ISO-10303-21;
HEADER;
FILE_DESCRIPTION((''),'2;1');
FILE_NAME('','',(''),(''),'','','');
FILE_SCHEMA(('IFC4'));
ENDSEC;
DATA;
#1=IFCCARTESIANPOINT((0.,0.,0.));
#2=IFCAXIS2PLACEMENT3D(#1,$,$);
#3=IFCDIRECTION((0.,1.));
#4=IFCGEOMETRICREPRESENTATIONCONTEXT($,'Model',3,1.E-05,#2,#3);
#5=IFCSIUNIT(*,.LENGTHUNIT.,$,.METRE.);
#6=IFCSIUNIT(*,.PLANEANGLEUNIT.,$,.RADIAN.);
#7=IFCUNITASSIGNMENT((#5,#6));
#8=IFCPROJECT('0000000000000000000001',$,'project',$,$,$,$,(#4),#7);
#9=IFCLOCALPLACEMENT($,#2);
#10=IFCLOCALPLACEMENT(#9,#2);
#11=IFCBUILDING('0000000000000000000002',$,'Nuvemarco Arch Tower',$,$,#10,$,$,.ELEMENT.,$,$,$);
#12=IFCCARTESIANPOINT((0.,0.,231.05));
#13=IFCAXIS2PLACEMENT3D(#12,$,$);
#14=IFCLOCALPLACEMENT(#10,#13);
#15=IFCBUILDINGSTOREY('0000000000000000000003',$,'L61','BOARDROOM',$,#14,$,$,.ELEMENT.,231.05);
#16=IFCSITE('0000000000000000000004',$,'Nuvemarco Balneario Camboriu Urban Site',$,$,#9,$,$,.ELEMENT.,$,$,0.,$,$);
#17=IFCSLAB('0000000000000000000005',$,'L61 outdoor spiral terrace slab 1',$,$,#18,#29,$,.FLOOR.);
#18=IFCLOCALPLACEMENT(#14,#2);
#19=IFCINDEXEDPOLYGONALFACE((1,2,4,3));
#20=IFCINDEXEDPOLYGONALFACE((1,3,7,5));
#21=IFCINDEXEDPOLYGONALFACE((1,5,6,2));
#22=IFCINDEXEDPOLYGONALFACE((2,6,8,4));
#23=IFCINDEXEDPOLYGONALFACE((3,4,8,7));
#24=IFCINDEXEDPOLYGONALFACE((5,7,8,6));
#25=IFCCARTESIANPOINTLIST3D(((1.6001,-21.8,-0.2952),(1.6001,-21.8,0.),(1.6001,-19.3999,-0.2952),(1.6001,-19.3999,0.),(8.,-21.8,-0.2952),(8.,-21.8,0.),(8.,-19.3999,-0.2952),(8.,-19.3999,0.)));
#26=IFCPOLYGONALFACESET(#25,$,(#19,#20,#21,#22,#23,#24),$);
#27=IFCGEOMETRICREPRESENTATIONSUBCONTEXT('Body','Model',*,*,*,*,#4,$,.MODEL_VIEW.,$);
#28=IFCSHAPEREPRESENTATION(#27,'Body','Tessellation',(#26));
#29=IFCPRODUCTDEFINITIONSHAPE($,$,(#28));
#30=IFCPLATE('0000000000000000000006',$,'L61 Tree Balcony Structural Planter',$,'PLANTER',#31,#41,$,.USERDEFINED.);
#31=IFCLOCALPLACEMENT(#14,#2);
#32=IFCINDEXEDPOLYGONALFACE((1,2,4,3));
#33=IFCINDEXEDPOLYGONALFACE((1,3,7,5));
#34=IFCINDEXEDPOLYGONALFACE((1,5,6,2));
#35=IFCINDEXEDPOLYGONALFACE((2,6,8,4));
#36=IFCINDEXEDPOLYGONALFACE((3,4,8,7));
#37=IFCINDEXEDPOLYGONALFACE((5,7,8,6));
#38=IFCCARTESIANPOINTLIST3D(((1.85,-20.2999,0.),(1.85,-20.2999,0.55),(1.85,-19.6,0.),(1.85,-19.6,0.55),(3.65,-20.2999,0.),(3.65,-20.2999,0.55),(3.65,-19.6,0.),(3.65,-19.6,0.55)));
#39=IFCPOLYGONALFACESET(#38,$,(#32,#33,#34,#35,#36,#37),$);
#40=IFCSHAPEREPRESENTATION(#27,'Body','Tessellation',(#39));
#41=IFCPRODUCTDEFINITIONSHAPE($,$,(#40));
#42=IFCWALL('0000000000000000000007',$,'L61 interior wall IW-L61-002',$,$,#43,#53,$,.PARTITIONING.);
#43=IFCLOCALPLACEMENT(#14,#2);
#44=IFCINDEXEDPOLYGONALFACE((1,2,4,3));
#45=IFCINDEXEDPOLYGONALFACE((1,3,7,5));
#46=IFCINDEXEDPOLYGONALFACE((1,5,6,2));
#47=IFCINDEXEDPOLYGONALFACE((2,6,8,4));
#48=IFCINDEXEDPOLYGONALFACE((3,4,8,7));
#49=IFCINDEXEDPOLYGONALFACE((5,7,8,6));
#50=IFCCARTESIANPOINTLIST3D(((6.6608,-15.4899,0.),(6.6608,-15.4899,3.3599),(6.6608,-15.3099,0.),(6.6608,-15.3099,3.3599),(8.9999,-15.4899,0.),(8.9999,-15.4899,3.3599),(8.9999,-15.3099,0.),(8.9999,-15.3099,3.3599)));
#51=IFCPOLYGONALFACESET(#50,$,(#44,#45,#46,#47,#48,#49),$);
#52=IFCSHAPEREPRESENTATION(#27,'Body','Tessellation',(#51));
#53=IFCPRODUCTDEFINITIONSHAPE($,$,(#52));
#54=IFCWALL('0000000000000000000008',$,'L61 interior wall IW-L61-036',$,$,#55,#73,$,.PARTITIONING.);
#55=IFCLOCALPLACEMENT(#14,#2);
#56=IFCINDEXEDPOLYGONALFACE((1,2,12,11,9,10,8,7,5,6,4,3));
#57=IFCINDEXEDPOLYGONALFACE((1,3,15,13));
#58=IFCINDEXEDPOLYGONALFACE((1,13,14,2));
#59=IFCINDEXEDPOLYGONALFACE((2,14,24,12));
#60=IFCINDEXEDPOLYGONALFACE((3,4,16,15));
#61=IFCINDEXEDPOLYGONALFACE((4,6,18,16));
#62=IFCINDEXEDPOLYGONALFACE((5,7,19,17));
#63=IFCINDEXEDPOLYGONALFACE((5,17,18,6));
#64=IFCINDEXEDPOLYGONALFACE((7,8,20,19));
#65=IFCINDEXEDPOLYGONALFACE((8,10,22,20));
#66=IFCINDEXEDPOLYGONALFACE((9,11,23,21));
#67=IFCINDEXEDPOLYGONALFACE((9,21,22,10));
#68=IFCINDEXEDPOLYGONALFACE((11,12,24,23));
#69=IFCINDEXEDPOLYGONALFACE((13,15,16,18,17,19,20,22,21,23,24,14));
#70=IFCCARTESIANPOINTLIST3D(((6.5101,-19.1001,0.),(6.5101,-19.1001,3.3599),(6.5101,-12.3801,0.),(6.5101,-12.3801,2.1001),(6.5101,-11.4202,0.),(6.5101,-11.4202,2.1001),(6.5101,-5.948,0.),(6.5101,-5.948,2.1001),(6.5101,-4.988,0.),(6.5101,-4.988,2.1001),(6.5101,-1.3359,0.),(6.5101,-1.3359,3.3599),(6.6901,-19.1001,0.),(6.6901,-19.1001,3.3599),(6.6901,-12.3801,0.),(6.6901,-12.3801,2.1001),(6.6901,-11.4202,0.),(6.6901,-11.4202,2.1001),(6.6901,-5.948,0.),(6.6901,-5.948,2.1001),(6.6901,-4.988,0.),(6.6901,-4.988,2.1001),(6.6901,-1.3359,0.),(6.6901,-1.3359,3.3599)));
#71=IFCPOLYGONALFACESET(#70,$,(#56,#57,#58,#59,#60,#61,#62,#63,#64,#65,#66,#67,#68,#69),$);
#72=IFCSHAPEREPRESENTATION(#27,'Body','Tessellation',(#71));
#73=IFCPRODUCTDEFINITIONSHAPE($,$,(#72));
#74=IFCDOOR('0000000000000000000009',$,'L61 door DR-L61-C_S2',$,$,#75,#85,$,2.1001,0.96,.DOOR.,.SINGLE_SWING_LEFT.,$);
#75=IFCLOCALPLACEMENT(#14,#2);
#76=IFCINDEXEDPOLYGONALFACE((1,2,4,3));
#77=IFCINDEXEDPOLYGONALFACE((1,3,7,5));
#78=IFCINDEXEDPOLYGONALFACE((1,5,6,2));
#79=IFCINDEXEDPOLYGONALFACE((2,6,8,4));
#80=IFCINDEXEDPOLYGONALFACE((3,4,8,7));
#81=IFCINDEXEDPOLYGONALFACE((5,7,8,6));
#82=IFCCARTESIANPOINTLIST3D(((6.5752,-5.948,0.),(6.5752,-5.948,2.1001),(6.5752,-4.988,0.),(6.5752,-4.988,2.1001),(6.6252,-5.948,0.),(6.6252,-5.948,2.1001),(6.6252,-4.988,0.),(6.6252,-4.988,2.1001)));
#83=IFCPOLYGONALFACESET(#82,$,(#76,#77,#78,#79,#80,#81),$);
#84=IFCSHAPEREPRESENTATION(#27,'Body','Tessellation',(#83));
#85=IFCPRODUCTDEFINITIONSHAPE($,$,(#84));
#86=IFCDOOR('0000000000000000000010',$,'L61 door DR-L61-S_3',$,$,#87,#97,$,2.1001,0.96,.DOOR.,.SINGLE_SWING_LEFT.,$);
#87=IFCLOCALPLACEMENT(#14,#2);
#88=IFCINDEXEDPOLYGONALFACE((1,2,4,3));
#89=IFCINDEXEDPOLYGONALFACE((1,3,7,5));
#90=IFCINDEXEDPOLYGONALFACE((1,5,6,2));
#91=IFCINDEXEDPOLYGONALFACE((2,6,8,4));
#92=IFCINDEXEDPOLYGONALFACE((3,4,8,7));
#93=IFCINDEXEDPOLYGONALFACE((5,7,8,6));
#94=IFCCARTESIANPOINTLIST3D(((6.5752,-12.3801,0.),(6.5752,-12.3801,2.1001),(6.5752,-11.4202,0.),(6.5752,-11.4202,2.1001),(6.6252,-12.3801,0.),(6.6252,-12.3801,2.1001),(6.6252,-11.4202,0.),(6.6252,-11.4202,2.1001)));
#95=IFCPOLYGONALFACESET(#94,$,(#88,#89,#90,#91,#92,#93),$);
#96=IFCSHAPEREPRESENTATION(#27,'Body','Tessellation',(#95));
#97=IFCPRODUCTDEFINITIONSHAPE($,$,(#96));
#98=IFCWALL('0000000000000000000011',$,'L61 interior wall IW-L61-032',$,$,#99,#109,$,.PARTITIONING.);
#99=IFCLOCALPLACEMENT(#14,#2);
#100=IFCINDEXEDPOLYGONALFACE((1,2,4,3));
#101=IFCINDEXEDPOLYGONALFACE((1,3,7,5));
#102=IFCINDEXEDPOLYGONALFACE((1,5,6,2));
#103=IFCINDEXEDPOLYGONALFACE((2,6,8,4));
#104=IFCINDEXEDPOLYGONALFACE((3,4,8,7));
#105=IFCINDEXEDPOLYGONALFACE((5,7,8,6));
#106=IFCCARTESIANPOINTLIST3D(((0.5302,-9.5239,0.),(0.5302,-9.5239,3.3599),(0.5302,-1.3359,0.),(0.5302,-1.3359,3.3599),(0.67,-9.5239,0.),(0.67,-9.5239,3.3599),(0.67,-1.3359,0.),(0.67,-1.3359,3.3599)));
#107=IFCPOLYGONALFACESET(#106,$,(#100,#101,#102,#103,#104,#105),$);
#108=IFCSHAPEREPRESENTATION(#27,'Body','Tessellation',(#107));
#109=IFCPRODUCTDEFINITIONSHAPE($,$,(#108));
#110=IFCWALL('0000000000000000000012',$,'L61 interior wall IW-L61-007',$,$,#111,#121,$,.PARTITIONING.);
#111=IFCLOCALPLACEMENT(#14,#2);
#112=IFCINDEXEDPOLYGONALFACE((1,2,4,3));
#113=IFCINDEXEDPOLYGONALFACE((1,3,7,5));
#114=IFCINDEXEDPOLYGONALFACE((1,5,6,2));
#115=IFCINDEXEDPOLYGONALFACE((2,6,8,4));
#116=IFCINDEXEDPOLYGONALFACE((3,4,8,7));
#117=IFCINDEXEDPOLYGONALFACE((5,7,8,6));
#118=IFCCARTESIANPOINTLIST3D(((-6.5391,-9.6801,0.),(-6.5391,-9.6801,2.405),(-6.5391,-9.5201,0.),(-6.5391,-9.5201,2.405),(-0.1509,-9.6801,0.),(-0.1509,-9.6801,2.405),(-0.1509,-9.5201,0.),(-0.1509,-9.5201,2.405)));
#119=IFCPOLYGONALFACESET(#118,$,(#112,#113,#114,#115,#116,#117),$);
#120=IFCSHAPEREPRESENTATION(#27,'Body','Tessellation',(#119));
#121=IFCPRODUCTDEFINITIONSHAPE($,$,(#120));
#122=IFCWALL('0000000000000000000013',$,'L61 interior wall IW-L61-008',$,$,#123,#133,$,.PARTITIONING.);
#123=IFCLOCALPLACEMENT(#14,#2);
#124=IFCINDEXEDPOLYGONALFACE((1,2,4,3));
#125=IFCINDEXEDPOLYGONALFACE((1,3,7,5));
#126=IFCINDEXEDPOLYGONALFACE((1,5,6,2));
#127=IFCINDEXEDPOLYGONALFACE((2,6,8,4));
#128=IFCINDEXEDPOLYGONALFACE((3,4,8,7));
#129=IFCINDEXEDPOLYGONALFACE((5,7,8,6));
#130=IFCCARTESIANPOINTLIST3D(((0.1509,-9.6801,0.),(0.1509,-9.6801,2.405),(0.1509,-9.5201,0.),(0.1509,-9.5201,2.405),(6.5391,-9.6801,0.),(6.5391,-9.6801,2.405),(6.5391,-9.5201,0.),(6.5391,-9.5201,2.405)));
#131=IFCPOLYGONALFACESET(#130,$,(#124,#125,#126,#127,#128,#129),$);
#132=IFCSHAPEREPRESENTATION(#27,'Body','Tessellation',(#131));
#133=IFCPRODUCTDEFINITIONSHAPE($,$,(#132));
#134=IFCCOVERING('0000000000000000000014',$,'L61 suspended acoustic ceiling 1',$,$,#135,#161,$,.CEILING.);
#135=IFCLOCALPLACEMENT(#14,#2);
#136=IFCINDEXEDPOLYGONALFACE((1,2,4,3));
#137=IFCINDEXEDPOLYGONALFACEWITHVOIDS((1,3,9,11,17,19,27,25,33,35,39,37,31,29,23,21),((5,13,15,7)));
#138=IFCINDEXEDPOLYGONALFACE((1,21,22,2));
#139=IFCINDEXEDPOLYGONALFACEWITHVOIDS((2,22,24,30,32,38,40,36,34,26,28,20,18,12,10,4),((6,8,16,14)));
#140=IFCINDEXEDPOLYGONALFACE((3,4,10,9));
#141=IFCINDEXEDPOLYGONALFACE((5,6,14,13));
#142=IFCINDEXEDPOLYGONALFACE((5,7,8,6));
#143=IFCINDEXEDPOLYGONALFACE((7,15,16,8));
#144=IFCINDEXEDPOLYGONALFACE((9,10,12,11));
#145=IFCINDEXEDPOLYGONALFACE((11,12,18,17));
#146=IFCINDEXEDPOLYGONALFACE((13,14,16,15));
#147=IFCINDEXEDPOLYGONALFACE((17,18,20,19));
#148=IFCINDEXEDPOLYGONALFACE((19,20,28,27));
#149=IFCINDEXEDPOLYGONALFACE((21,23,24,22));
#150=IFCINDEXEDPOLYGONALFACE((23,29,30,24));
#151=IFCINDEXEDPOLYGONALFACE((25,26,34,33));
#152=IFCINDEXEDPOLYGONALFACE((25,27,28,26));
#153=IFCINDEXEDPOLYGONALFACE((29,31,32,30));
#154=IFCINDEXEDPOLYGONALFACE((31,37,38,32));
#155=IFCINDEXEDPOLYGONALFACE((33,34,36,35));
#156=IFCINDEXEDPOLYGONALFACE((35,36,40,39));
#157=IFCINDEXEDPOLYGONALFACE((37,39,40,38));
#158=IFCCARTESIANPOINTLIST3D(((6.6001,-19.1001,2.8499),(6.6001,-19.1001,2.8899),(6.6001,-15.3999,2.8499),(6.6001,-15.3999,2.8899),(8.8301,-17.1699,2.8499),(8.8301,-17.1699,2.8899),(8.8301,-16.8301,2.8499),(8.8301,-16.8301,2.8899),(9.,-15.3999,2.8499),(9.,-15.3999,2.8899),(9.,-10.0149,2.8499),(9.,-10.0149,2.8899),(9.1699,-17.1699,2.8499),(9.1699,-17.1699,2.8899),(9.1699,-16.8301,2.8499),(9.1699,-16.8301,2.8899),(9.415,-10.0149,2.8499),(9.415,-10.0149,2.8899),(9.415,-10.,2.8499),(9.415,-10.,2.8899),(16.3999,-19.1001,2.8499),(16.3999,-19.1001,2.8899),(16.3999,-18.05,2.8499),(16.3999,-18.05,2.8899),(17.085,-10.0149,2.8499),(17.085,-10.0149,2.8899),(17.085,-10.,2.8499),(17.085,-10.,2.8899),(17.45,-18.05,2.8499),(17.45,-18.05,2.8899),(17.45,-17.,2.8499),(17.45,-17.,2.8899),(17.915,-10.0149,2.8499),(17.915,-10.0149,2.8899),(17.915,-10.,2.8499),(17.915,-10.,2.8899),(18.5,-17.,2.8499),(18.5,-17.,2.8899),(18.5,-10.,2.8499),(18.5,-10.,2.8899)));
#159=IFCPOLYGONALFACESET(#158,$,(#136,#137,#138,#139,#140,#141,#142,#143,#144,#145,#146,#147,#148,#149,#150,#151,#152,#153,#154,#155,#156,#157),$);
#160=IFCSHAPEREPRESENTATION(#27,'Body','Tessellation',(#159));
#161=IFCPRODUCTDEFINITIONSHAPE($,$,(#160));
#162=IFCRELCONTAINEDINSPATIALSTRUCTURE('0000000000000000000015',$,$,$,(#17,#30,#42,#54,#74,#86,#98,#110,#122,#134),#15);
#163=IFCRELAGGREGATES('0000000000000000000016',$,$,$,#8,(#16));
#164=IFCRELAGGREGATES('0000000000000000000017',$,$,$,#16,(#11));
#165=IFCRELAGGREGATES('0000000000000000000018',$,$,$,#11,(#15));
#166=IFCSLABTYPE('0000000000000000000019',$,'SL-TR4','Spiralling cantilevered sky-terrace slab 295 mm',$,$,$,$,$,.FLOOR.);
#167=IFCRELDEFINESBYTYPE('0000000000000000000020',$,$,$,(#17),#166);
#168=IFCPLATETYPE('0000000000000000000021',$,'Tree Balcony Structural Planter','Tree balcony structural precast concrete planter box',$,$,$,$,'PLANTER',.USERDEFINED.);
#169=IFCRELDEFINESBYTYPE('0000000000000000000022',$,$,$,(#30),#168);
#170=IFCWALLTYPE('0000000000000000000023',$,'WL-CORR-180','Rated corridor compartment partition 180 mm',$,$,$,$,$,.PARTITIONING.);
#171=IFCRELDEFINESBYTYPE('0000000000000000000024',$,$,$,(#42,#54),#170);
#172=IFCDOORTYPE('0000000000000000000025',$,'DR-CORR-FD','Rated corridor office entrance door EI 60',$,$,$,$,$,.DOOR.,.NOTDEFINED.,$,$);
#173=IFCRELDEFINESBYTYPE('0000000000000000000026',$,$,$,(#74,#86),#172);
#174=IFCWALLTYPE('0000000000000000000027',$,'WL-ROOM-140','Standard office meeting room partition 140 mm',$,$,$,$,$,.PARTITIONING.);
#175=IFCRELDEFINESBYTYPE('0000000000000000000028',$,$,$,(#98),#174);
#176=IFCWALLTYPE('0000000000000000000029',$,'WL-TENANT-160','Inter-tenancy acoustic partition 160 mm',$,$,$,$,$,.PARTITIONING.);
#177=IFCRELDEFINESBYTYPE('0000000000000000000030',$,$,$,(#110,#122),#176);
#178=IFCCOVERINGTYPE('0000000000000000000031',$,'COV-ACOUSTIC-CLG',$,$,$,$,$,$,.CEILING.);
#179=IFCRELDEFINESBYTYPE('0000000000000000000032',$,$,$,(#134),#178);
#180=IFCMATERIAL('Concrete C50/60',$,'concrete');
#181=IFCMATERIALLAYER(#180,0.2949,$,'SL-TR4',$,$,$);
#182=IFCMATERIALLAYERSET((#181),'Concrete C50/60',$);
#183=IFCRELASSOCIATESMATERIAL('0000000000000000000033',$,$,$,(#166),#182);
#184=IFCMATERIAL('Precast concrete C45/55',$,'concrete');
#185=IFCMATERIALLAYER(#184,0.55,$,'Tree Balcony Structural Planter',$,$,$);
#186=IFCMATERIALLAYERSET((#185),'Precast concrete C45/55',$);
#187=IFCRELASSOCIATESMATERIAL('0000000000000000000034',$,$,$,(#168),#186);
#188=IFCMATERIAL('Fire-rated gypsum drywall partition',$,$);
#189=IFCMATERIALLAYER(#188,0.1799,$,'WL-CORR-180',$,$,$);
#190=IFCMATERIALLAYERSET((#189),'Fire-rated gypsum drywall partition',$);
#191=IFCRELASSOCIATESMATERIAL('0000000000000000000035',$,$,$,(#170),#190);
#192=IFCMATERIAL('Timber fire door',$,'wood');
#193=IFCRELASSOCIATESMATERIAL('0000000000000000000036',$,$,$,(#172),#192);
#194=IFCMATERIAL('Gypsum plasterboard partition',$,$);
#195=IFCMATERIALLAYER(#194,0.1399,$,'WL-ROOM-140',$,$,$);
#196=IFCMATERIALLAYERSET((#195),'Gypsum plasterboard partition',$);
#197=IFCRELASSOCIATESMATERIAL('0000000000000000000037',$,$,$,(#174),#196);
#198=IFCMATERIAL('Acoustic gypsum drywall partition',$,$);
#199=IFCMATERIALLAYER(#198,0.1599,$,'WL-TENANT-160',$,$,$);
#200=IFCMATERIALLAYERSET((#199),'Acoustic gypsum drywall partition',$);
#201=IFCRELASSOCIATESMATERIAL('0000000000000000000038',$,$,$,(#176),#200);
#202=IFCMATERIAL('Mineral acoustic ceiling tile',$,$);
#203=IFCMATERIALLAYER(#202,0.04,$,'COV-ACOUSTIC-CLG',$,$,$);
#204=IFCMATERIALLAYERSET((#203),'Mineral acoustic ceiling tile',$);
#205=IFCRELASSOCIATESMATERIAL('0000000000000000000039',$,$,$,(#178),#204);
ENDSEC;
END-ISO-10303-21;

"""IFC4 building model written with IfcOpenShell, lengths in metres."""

from ifc_helpers import new_model, si_unit, direction, frame, frame_2d, origin, origin_2d, place, context, subcontext, project, spatial, polyline, rectangle, outline, extrude, source, transform, mapped, material, layer, layer_set, type_object, type_shapes, element, fill, save


model = new_model("IFC4")

# Units and contexts
model_context = context("Model", 3, precision=1e-05, world=origin(), true_north=direction((0.0, 1.0)))
body_context = subcontext(model_context, "Body", "Model", "MODEL_VIEW")
ifc_project = project(units=[si_unit("LENGTHUNIT", "METRE"), si_unit("PLANEANGLEUNIT", "RADIAN")], contexts=[model_context])

# Site, building, storey
site_placement = place(None, origin())
site = spatial("IfcSite", under=ifc_project, at=site_placement, Name="Nuvemarco Balneario Camboriu Urban Site", CompositionType="ELEMENT", RefElevation=0.0)
building_placement = place(site_placement, origin())
building = spatial("IfcBuilding", under=site, at=building_placement, Name="Nuvemarco Arch Tower", CompositionType="ELEMENT")
storey_placement = place(building_placement, frame((0.0, 0.0, 231.05)))
storey = spatial("IfcBuildingStorey", under=building, at=storey_placement, Name="L61", Description="BOARDROOM", CompositionType="ELEMENT", Elevation=231.05)

# Shared definitions
ifc_material_1 = material(Name="Precast concrete C45/55", Category="concrete")

# Shared definitions
ifc_material_2 = material(Name="Concrete C50/60", Category="concrete")

# Slab
ifc_layer_1 = layer(ifc_material_2, 0.2949, Name="SL-TR4")
ifc_layer_set_1 = layer_set([ifc_layer_1], Name="Concrete C50/60")
slab_type_1 = type_object("IfcSlabType", Name="SL-TR4", Description="Spiralling cantilevered sky-terrace slab 295 mm", PredefinedType="FLOOR", material=ifc_layer_set_1)
slab_1_placement = place(storey_placement, frame((0.0, 0.0, -0.2952)))
element("IfcSlab", 1, at=slab_1_placement, inside=storey, type_object=slab_type_1, Name="L61 outdoor spiral terrace slab 1", PredefinedType="FLOOR", context=body_context, shape_type="SweptSolid", body=[
    extrude(outline(polyline([(1.6001, -21.8), (8.0, -21.8), (8.0, -19.3999), (1.6001, -19.3999), (1.6001, -21.8)])), origin(), (0.0, 0.0, 1.0), 0.2952),
])

# Plate
ifc_layer_2 = layer(ifc_material_1, 0.55, Name="Tree Balcony Structural Planter")
ifc_layer_set_2 = layer_set([ifc_layer_2], Name="Precast concrete C45/55")
plate_type = type_object("IfcPlateType", Name="Tree Balcony Structural Planter", Description="Tree balcony structural precast concrete planter box", ElementType="PLANTER", PredefinedType="USERDEFINED", material=ifc_layer_set_2)
shared_shape_1 = source(origin(), body_context, "Body", "SweptSolid", [
    extrude(rectangle(XDim=1.8, YDim=0.7, at=origin_2d()), origin(), (0.0, 0.0, 1.0), 0.55),
])
type_shapes(plate_type, [shared_shape_1])
plate_placement = place(storey_placement, frame((2.75, -19.95, 0.0), z_axis=(0.0, 0.0, 1.0), x_axis=(1.0, 0.0, 0.0)))
element("IfcPlate", 2, at=plate_placement, inside=storey, type_object=plate_type, Name="L61 Tree Balcony Structural Planter", ObjectType="PLANTER", PredefinedType="USERDEFINED", context=body_context, shape_type="MappedRepresentation", body=[
    mapped(shared_shape_1, transform((0.0, 0.0, 0.0), scale=1.0)),
])

# Wall
ifc_material_3 = material(Name="Fire-rated gypsum drywall partition")
ifc_layer_3 = layer(ifc_material_3, 0.1799, Name="WL-CORR-180")
ifc_layer_set_3 = layer_set([ifc_layer_3], Name="Fire-rated gypsum drywall partition")
wall_type_1 = type_object("IfcWallType", Name="WL-CORR-180", Description="Rated corridor compartment partition 180 mm", PredefinedType="PARTITIONING", material=ifc_layer_set_3)
wall_1_placement = place(storey_placement, frame((6.6609, -15.3999, 0.0), z_axis=(0.0, 0.0, 1.0), x_axis=(1.0, 0.0, 0.0)))
element("IfcWall", 3, at=wall_1_placement, inside=storey, type_object=wall_type_1, Name="L61 interior wall IW-L61-002", PredefinedType="PARTITIONING", context=body_context, shape_type="SweptSolid", body=[
    extrude(rectangle(XDim=2.3391, YDim=0.1799, at=frame_2d((1.1694, 0.0))), origin(), (0.0, 0.0, 1.0), 3.3599),
])

# Wall, openings, doors
wall_2_placement = place(storey_placement, frame((6.6001, -19.1001, 0.0), z_axis=(0.0, 0.0, 1.0), x_axis=(0.0, 1.0, 0.0)))
wall_2 = element("IfcWall", 4, at=wall_2_placement, inside=storey, type_object=wall_type_1, Name="L61 interior wall IW-L61-036", PredefinedType="PARTITIONING", context=body_context, shape_type="SweptSolid", body=[
    extrude(rectangle(XDim=17.7642, YDim=0.1799, at=frame_2d((8.8821, 0.0))), origin(), (0.0, 0.0, 1.0), 3.3599),
])
opening_1_placement = place(wall_2_placement, frame((13.1521, 0.0, 0.0)))
opening_1 = element("IfcOpeningElement", 5, at=opening_1_placement, cuts=wall_2, PredefinedType="OPENING", context=body_context, shape_type="SweptSolid", body=[
    extrude(rectangle(XDim=0.96, YDim=2.1001, at=frame_2d((0.48, 1.05))), frame((0.0, 0.0999, 0.0), z_axis=(0.0, -1.0, 0.0), x_axis=(1.0, 0.0, 0.0)), (0.0, 0.0, 1.0), 0.2),
])
opening_2_placement = place(wall_2_placement, frame((6.72, 0.0, 0.0)))
opening_2 = element("IfcOpeningElement", 6, at=opening_2_placement, cuts=wall_2, PredefinedType="OPENING", context=body_context, shape_type="SweptSolid", body=[
    extrude(rectangle(XDim=0.96, YDim=2.1001, at=frame_2d((0.48, 1.05))), frame((0.0, 0.0999, 0.0), z_axis=(0.0, -1.0, 0.0), x_axis=(1.0, 0.0, 0.0)), (0.0, 0.0, 1.0), 0.2),
])
ifc_material_4 = material(Name="Timber fire door", Category="wood")
door_type = type_object("IfcDoorType", Name="DR-CORR-FD", Description="Rated corridor office entrance door EI 60", OperationType="NOTDEFINED", PredefinedType="DOOR", material=ifc_material_4)
shared_shape_2 = source(origin(), body_context, "Body", "SweptSolid", [
    extrude(rectangle(XDim=0.96, YDim=2.1001, at=frame_2d((0.48, 1.05))), frame((0.0, 0.0249, 0.0), z_axis=(0.0, -1.0, 0.0), x_axis=(1.0, 0.0, 0.0)), (0.0, 0.0, 1.0), 0.05),
])
type_shapes(door_type, [shared_shape_2])
door_1_placement = place(opening_1_placement, origin())
door_1 = element("IfcDoor", 7, at=door_1_placement, inside=storey, type_object=door_type, Name="L61 door DR-L61-C_S2", OperationType="SINGLE_SWING_LEFT", OverallHeight=2.1001, OverallWidth=0.96, PredefinedType="DOOR", context=body_context, shape_type="MappedRepresentation", body=[
    mapped(shared_shape_2, transform((0.0, 0.0, 0.0), scale=1.0)),
])
fill(opening_1, door_1)
door_2_placement = place(opening_2_placement, origin())
door_2 = element("IfcDoor", 8, at=door_2_placement, inside=storey, type_object=door_type, Name="L61 door DR-L61-S_3", OperationType="SINGLE_SWING_LEFT", OverallHeight=2.1001, OverallWidth=0.96, PredefinedType="DOOR", context=body_context, shape_type="MappedRepresentation", body=[
    mapped(shared_shape_2, transform((0.0, 0.0, 0.0), scale=1.0)),
])
fill(opening_2, door_2)

# Walls
ifc_material_5 = material(Name="Gypsum plasterboard partition")
ifc_layer_4 = layer(ifc_material_5, 0.1399, Name="WL-ROOM-140")
ifc_layer_set_4 = layer_set([ifc_layer_4], Name="Gypsum plasterboard partition")
wall_type_2 = type_object("IfcWallType", Name="WL-ROOM-140", Description="Standard office meeting room partition 140 mm", PredefinedType="PARTITIONING", material=ifc_layer_set_4)
wall_3_placement = place(storey_placement, frame((0.6001, -9.5239, 0.0), z_axis=(0.0, 0.0, 1.0), x_axis=(0.0, 1.0, 0.0)))
element("IfcWall", 9, at=wall_3_placement, inside=storey, type_object=wall_type_2, Name="L61 interior wall IW-L61-032", PredefinedType="PARTITIONING", context=body_context, shape_type="SweptSolid", body=[
    extrude(rectangle(XDim=8.188, YDim=0.1399, at=frame_2d((4.094, 0.0))), origin(), (0.0, 0.0, 1.0), 3.3599),
])
ifc_material_6 = material(Name="Acoustic gypsum drywall partition")
ifc_layer_5 = layer(ifc_material_6, 0.1599, Name="WL-TENANT-160")
ifc_layer_set_5 = layer_set([ifc_layer_5], Name="Acoustic gypsum drywall partition")
wall_type_3 = type_object("IfcWallType", Name="WL-TENANT-160", Description="Inter-tenancy acoustic partition 160 mm", PredefinedType="PARTITIONING", material=ifc_layer_set_5)
for number, where, z_axis, x_axis, name in (
    (10, (-6.5391, -9.6001, 0.0), (0.0, 0.0, 1.0), (1.0, 0.0, 0.0), "L61 interior wall IW-L61-007"),
    (11, (0.1509, -9.6001, 0.0), (0.0, 0.0, 1.0), (1.0, 0.0, 0.0), "L61 interior wall IW-L61-008"),
):
    element("IfcWall", number, at=place(storey_placement, frame(where, z_axis=z_axis, x_axis=x_axis)), inside=storey, type_object=wall_type_3, Name=name, PredefinedType="PARTITIONING", context=body_context, shape_type="SweptSolid", body=[
        extrude(rectangle(XDim=6.3882, YDim=0.1599, at=frame_2d((3.1941, 0.0))), origin(), (0.0, 0.0, 1.0), 2.405),
    ])

# Covering
ifc_material_7 = material(Name="Mineral acoustic ceiling tile")
ifc_layer_6 = layer(ifc_material_7, 0.04, Name="COV-ACOUSTIC-CLG")
ifc_layer_set_6 = layer_set([ifc_layer_6], Name="Mineral acoustic ceiling tile")
covering_type = type_object("IfcCoveringType", Name="COV-ACOUSTIC-CLG", PredefinedType="CEILING", material=ifc_layer_set_6)
covering_1_placement = place(storey_placement, frame((0.0, 0.0, 2.8499)))
element("IfcCovering", 12, at=covering_1_placement, inside=storey, type_object=covering_type, Name="L61 suspended acoustic ceiling 1", PredefinedType="CEILING", context=body_context, shape_type="SweptSolid", body=[
    extrude(outline(polyline([(16.3999, -19.1001), (6.6001, -19.1001), (6.6001, -15.3999), (9.0, -15.3999), (9.0, -10.0149), (9.415, -10.0149), (9.415, -10.0), (17.085, -10.0), (17.085, -10.0149), (17.915, -10.0149), (17.915, -10.0), (18.5, -10.0), (18.5, -17.0), (17.45, -17.0), (17.45, -18.05), (16.3999, -18.05), (16.3999, -19.1001)]), holes=[polyline([(9.1699, -17.1699), (9.1699, -16.8301), (8.8301, -16.8301), (8.8301, -17.1699), (9.1699, -17.1699)])]), origin(), (0.0, 0.0, 1.0), 0.04),
])

save(model, "model.ifc")
